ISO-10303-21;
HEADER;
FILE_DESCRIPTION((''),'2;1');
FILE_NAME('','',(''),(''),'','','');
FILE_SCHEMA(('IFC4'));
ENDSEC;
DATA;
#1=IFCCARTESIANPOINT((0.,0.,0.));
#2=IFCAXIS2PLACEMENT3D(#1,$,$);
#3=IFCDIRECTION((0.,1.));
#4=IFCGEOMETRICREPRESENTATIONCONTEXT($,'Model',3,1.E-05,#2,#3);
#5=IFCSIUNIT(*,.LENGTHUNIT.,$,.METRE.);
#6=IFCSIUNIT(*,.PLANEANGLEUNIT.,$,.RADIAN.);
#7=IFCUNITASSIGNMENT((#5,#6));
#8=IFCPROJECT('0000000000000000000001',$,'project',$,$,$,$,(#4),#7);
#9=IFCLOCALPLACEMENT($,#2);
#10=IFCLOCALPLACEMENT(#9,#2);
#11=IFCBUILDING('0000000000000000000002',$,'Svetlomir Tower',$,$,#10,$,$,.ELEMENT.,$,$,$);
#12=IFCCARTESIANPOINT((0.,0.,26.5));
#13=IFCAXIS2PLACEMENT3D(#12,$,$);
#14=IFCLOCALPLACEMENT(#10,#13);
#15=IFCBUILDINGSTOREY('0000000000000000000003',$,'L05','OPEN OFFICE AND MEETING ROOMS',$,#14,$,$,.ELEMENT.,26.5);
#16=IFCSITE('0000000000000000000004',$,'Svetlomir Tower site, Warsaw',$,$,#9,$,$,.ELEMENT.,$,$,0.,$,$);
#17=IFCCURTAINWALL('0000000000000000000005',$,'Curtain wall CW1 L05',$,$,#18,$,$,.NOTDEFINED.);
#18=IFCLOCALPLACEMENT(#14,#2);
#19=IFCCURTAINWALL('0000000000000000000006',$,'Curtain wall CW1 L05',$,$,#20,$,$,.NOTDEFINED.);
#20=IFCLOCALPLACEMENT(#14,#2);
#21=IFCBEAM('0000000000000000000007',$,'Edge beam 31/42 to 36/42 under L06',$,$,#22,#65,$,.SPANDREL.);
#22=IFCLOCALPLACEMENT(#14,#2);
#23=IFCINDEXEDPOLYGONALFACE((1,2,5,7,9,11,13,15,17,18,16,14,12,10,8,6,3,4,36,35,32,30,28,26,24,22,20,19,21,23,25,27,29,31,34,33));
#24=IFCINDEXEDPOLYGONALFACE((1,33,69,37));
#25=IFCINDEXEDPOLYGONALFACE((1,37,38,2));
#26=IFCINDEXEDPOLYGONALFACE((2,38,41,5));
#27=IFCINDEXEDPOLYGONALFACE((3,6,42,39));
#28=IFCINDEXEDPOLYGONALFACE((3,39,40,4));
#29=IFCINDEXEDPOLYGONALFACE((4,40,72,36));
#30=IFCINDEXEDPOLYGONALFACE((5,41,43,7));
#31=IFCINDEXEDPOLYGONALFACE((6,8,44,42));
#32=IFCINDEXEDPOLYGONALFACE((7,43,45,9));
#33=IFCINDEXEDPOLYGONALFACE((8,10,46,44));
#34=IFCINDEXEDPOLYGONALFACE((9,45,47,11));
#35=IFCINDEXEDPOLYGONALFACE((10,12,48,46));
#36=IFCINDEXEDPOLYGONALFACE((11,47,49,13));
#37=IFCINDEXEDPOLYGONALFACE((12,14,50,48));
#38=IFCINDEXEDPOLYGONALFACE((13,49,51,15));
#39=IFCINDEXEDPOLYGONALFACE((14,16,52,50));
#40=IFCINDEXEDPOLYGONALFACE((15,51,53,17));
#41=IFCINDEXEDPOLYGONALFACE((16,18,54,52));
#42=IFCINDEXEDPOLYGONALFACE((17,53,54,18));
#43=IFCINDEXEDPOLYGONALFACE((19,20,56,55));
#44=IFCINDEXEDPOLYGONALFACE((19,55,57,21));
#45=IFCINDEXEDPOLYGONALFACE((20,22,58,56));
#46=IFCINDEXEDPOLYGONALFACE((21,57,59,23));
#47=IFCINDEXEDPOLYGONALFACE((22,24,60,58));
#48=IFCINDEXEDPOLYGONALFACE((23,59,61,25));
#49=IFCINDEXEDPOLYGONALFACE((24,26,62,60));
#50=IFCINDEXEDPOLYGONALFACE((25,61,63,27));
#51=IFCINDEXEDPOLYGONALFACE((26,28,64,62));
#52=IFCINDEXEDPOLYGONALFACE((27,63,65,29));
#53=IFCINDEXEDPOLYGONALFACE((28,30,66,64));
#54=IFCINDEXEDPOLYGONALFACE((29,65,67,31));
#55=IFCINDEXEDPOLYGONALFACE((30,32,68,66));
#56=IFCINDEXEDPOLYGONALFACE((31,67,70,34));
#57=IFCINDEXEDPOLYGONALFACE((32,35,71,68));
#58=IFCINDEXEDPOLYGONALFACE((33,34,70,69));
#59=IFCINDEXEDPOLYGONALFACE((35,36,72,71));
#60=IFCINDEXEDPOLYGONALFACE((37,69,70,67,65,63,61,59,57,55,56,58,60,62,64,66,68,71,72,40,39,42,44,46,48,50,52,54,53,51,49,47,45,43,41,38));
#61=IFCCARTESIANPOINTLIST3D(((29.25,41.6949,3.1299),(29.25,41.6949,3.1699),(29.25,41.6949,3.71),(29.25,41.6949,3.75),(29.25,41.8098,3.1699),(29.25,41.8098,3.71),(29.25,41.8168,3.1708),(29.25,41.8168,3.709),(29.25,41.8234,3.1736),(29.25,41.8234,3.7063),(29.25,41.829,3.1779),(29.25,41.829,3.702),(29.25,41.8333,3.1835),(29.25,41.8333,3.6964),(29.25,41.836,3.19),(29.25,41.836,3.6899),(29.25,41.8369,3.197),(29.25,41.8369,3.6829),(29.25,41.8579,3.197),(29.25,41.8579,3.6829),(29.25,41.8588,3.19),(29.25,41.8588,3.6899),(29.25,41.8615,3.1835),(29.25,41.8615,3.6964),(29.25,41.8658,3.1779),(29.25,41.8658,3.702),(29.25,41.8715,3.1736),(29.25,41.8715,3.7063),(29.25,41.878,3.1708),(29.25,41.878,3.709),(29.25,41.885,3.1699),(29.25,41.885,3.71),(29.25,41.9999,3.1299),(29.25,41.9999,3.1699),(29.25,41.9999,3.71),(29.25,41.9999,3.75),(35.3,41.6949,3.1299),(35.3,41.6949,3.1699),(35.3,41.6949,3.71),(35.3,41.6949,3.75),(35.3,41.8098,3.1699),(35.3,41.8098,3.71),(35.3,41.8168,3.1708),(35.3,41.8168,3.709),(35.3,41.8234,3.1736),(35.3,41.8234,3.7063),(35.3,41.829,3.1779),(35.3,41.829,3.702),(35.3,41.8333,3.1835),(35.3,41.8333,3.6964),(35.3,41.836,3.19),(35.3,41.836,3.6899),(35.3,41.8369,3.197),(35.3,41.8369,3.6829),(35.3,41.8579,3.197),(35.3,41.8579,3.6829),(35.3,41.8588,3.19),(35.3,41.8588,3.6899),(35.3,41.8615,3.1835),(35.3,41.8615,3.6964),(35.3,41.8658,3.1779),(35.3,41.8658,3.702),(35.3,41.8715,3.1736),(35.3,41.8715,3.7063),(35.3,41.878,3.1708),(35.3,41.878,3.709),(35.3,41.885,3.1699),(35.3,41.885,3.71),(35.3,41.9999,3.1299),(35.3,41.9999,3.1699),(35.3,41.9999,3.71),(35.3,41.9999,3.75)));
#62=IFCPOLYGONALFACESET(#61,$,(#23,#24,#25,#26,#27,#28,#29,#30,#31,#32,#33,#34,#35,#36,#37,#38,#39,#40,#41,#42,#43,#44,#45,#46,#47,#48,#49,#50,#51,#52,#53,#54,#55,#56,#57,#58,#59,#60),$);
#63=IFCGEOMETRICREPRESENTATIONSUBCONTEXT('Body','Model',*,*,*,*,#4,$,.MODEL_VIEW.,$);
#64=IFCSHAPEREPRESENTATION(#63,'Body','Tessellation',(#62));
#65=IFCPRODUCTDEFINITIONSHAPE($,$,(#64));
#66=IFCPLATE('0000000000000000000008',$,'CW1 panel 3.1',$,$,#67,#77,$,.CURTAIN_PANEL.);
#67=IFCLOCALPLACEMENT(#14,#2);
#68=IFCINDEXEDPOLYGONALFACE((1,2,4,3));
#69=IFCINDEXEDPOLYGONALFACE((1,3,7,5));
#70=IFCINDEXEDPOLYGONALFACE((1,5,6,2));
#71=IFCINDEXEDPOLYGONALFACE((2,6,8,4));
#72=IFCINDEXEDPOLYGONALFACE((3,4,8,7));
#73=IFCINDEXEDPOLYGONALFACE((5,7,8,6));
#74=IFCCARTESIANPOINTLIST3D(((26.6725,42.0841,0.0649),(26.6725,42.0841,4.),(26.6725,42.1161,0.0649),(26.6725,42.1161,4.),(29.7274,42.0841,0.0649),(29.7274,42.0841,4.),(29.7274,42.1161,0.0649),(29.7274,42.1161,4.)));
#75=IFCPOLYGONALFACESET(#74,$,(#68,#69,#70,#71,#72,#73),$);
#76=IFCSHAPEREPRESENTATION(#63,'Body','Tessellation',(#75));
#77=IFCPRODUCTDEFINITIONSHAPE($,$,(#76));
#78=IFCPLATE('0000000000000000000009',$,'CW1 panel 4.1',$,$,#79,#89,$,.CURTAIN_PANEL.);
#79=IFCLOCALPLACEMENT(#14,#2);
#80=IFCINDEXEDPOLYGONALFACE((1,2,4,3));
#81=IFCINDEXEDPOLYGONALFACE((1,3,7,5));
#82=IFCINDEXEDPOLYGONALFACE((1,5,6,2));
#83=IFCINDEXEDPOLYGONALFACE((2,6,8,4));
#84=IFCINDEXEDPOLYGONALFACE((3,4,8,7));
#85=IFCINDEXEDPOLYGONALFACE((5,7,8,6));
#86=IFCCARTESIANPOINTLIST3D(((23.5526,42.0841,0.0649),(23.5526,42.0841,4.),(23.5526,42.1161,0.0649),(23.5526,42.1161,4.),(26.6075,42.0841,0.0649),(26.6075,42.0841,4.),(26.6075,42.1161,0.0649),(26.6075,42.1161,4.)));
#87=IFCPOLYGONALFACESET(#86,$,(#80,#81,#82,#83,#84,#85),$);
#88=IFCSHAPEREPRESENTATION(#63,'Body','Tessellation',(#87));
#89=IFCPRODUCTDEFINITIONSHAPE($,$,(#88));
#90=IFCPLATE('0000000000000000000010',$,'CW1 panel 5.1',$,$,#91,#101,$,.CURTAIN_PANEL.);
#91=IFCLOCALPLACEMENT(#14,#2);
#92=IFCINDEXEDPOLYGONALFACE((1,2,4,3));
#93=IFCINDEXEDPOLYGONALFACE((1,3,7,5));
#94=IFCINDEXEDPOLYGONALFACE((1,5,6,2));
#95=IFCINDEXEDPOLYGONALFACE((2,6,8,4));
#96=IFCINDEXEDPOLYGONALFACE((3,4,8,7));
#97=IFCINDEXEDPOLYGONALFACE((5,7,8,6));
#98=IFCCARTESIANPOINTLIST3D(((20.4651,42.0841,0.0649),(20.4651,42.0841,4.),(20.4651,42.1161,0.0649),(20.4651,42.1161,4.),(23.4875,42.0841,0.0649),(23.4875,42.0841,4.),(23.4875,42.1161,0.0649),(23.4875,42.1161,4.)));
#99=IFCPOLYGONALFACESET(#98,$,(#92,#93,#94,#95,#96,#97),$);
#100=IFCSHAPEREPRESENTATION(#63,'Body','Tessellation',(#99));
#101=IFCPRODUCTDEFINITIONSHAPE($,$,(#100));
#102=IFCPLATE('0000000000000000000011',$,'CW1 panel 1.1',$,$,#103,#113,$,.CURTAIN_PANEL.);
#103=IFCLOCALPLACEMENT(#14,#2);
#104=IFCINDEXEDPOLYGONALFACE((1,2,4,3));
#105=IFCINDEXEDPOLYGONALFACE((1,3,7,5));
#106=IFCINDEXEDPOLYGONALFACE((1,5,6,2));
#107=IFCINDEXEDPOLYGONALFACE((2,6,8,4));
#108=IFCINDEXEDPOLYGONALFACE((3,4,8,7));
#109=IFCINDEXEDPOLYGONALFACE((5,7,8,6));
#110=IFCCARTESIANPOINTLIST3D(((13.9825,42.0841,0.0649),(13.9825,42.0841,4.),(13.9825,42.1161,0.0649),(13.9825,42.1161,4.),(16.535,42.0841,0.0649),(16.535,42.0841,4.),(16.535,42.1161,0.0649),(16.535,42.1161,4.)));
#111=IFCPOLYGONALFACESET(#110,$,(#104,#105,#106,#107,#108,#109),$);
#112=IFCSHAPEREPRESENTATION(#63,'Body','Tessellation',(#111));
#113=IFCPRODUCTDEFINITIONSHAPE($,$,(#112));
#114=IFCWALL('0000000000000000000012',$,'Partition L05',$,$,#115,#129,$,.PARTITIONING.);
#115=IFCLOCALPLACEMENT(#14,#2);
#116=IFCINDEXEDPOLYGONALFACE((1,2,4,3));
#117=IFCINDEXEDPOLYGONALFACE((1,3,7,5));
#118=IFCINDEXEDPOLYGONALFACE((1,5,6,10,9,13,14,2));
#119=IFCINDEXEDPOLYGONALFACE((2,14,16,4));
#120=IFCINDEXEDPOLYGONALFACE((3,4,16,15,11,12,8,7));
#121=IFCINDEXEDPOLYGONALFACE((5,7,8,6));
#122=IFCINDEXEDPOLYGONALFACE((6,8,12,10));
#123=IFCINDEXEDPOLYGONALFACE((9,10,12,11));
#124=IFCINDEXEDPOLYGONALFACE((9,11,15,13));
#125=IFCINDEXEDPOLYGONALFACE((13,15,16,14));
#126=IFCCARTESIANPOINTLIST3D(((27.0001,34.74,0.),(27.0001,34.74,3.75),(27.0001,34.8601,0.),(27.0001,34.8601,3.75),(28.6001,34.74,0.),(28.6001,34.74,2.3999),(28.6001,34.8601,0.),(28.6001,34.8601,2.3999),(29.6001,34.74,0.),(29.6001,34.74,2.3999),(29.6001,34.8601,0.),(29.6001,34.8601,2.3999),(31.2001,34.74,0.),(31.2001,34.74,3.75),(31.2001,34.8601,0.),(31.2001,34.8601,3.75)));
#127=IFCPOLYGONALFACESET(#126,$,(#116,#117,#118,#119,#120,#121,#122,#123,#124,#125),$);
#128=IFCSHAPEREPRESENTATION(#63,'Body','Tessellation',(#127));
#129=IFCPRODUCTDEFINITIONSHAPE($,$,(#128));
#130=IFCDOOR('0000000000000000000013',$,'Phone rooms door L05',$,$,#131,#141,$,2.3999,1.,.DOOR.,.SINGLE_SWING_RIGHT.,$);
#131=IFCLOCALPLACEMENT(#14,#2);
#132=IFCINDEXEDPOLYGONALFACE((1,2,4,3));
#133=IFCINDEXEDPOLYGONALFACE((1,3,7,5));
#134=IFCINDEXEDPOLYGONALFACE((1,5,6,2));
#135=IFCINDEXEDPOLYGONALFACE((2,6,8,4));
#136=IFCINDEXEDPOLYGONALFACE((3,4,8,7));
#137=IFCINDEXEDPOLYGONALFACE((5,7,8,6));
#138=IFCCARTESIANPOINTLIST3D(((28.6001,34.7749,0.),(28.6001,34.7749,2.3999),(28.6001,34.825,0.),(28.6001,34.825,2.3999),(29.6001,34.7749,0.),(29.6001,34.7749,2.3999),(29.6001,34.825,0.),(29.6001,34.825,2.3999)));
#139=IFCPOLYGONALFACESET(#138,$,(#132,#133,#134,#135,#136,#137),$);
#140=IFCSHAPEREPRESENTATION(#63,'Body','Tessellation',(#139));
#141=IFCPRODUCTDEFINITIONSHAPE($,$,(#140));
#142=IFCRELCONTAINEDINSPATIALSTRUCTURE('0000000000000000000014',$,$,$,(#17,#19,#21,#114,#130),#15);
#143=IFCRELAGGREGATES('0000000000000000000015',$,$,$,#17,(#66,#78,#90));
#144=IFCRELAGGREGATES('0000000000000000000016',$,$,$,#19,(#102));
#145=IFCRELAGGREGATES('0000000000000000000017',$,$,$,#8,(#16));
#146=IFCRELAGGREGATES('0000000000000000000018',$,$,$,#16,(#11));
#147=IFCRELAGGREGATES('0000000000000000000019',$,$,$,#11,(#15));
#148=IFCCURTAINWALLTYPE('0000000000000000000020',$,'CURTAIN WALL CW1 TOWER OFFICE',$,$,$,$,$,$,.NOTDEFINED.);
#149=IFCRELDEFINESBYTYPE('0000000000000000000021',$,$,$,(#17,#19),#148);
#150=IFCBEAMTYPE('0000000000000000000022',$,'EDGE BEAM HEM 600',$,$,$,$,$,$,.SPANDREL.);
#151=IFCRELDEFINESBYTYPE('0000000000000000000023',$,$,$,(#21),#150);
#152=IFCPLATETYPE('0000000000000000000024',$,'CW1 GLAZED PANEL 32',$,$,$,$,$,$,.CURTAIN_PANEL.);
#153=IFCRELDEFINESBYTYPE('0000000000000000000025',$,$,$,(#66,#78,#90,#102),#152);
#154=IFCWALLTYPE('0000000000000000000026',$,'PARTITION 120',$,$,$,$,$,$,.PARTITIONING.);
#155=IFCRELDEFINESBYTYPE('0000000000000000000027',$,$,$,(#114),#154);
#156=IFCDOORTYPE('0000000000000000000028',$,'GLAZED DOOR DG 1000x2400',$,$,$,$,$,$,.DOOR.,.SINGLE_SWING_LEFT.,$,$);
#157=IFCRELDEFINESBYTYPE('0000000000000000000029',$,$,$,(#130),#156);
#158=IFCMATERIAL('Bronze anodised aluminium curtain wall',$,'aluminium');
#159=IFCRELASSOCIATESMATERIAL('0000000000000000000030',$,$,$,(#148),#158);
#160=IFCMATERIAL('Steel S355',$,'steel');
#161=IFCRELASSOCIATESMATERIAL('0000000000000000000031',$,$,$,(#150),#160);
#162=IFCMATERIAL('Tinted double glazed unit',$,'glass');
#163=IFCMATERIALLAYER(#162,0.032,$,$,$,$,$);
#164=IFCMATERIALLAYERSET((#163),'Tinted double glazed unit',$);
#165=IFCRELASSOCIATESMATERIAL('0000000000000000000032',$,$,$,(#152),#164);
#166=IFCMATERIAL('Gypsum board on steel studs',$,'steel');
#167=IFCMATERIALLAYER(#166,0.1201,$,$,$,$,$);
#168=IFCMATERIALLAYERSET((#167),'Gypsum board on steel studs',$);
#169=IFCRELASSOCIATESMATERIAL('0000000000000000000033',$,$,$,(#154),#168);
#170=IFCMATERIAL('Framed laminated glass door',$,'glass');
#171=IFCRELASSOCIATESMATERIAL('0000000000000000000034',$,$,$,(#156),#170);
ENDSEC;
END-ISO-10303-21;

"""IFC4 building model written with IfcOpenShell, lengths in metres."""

from ifc_helpers import new_model, si_unit, direction, frame, frame_2d, origin, origin_2d, place, context, subcontext, project, spatial, rectangle, i_section, extrude, material, layer, layer_set, material_profile, profile_set, type_object, element, fill, aggregate, save


model = new_model("IFC4")

# Units and contexts
model_context = context("Model", 3, precision=1e-05, world=origin(), true_north=direction((0.0, 1.0)))
body_context = subcontext(model_context, "Body", "Model", "MODEL_VIEW")
ifc_project = project(units=[si_unit("LENGTHUNIT", "METRE"), si_unit("PLANEANGLEUNIT", "RADIAN")], contexts=[model_context])

# Site, building, storey
site_placement = place(None, origin())
site = spatial("IfcSite", under=ifc_project, at=site_placement, Name="Svetlomir Tower site, Warsaw", CompositionType="ELEMENT", RefElevation=0.0)
building_placement = place(site_placement, origin())
building = spatial("IfcBuilding", under=site, at=building_placement, Name="Svetlomir Tower", CompositionType="ELEMENT")
storey_placement = place(building_placement, frame((0.0, 0.0, 26.5)))
storey = spatial("IfcBuildingStorey", under=building, at=storey_placement, Name="L05", Description="OPEN OFFICE AND MEETING ROOMS", CompositionType="ELEMENT", Elevation=26.5)

# Curtain walls
ifc_material_1 = material(Name="Bronze anodised aluminium curtain wall", Category="aluminium")
curtain_wall_type = type_object("IfcCurtainWallType", Name="CURTAIN WALL CW1 TOWER OFFICE", PredefinedType="NOTDEFINED", material=ifc_material_1)
curtain_wall_1_placement = place(storey_placement, origin())
curtain_wall_1 = element("IfcCurtainWall", 1, at=curtain_wall_1_placement, inside=storey, type_object=curtain_wall_type, Name="Curtain wall CW1 L05", PredefinedType="NOTDEFINED")
curtain_wall_2_placement = place(storey_placement, origin())
curtain_wall_2 = element("IfcCurtainWall", 2, at=curtain_wall_2_placement, inside=storey, type_object=curtain_wall_type, Name="Curtain wall CW1 L05", PredefinedType="NOTDEFINED")

# Beam
ifc_material_2 = material(Name="Steel S355", Category="steel")
ifc_material_profile_1 = material_profile(ifc_material_2, i_section(OverallWidth=0.3049, OverallDepth=0.6201, WebThickness=0.021, FlangeThickness=0.04, FilletRadius=0.0271, at=origin_2d()), Name="HEM 600")
ifc_profile_set_1 = profile_set([ifc_material_profile_1], Name="Steel S355")
beam_type_1 = type_object("IfcBeamType", Name="EDGE BEAM HEM 600", PredefinedType="SPANDREL", material=ifc_profile_set_1)
beam_1_placement = place(storey_placement, frame((29.25, 41.8474, 3.4399), z_axis=(1.0, 0.0, 0.0), x_axis=(0.0, 1.0, 0.0)))
element("IfcBeam", 3, at=beam_1_placement, inside=storey, type_object=beam_type_1, Name="Edge beam 31/42 to 36/42 under L06", PredefinedType="SPANDREL", context=body_context, shape_type="SweptSolid", body=[
    extrude(i_section(OverallWidth=0.3049, OverallDepth=0.6201, WebThickness=0.021, FlangeThickness=0.04, FilletRadius=0.0271, at=origin_2d()), origin(), (0.0, 0.0, 1.0), 6.05),
])

# Plates
ifc_material_3 = material(Name="Tinted double glazed unit", Category="glass")
ifc_layer_1 = layer(ifc_material_3, 0.032)
ifc_layer_set_1 = layer_set([ifc_layer_1], Name="Tinted double glazed unit")
plate_type = type_object("IfcPlateType", Name="CW1 GLAZED PANEL 32", PredefinedType="CURTAIN_PANEL", material=ifc_layer_set_1)
plate_1_placement = place(storey_placement, frame((28.2, 42.1001, 0.0649), z_axis=(0.0, 0.0, 1.0), x_axis=(-1.0, 0.0, 0.0)))
plate_1 = element("IfcPlate", 4, at=plate_1_placement, type_object=plate_type, Name="CW1 panel 3.1", PredefinedType="CURTAIN_PANEL", context=body_context, shape_type="SweptSolid", body=[
    extrude(rectangle(XDim=3.0549, YDim=0.032, at=origin_2d()), origin(), (0.0, 0.0, 1.0), 3.9351),
])
plate_2_placement = place(storey_placement, frame((25.0801, 42.1001, 0.0649), z_axis=(0.0, 0.0, 1.0), x_axis=(-1.0, 0.0, 0.0)))
plate_2 = element("IfcPlate", 5, at=plate_2_placement, type_object=plate_type, Name="CW1 panel 4.1", PredefinedType="CURTAIN_PANEL", context=body_context, shape_type="SweptSolid", body=[
    extrude(rectangle(XDim=3.0549, YDim=0.032, at=origin_2d()), origin(), (0.0, 0.0, 1.0), 3.9351),
])
plate_3_placement = place(storey_placement, frame((21.9763, 42.1001, 0.0649), z_axis=(0.0, 0.0, 1.0), x_axis=(-1.0, 0.0, 0.0)))
plate_3 = element("IfcPlate", 6, at=plate_3_placement, type_object=plate_type, Name="CW1 panel 5.1", PredefinedType="CURTAIN_PANEL", context=body_context, shape_type="SweptSolid", body=[
    extrude(rectangle(XDim=3.0225, YDim=0.032, at=origin_2d()), origin(), (0.0, 0.0, 1.0), 3.9351),
])
aggregate(curtain_wall_1, [plate_1, plate_2, plate_3])
plate_4_placement = place(storey_placement, frame((15.2588, 42.1001, 0.0649), z_axis=(0.0, 0.0, 1.0), x_axis=(-1.0, 0.0, 0.0)))
plate_4 = element("IfcPlate", 7, at=plate_4_placement, type_object=plate_type, Name="CW1 panel 1.1", PredefinedType="CURTAIN_PANEL", context=body_context, shape_type="SweptSolid", body=[
    extrude(rectangle(XDim=2.5525, YDim=0.032, at=origin_2d()), origin(), (0.0, 0.0, 1.0), 3.9351),
])
aggregate(curtain_wall_2, [plate_4])

# Wall, opening, door
ifc_material_4 = material(Name="Gypsum board on steel studs", Category="steel")
ifc_layer_2 = layer(ifc_material_4, 0.1201)
ifc_layer_set_2 = layer_set([ifc_layer_2], Name="Gypsum board on steel studs")
wall_type_1 = type_object("IfcWallType", Name="PARTITION 120", PredefinedType="PARTITIONING", material=ifc_layer_set_2)
wall_1_placement = place(storey_placement, frame((27.0, 34.8, 0.0), z_axis=(0.0, 0.0, 1.0), x_axis=(1.0, 0.0, 0.0)))
wall_1 = element("IfcWall", 8, at=wall_1_placement, inside=storey, type_object=wall_type_1, Name="Partition L05", PredefinedType="PARTITIONING", context=body_context, shape_type="SweptSolid", body=[
    extrude(rectangle(XDim=4.2, YDim=0.1201, at=frame_2d((2.1001, 0.0))), origin(), (0.0, 0.0, 1.0), 3.75),
])
opening_1_placement = place(wall_1_placement, frame((1.6001, 0.0, 0.0)))
opening_1 = element("IfcOpeningElement", 9, at=opening_1_placement, cuts=wall_1, PredefinedType="OPENING", context=body_context, shape_type="SweptSolid", body=[
    extrude(rectangle(XDim=1.0, YDim=2.3999, at=frame_2d((0.5, 1.2))), frame((0.0, 0.0701, 0.0), z_axis=(0.0, -1.0, 0.0), x_axis=(1.0, 0.0, 0.0)), (0.0, 0.0, 1.0), 0.1401),
])
ifc_material_5 = material(Name="Framed laminated glass door", Category="glass")
door_type_1 = type_object("IfcDoorType", Name="GLAZED DOOR DG 1000x2400", OperationType="SINGLE_SWING_LEFT", PredefinedType="DOOR", material=ifc_material_5)
door_1_placement = place(opening_1_placement, origin())
door_1 = element("IfcDoor", 10, at=door_1_placement, inside=storey, type_object=door_type_1, Name="Phone rooms door L05", OperationType="SINGLE_SWING_RIGHT", OverallHeight=2.3999, OverallWidth=1.0, PredefinedType="DOOR", context=body_context, shape_type="SweptSolid", body=[
    extrude(rectangle(XDim=1.0, YDim=2.3999, at=frame_2d((0.5, 1.2))), frame((0.0, 0.0249, 0.0), z_axis=(0.0, -1.0, 0.0), x_axis=(1.0, 0.0, 0.0)), (0.0, 0.0, 1.0), 0.05),
])
fill(opening_1, door_1)

save(model, "model.ifc")
